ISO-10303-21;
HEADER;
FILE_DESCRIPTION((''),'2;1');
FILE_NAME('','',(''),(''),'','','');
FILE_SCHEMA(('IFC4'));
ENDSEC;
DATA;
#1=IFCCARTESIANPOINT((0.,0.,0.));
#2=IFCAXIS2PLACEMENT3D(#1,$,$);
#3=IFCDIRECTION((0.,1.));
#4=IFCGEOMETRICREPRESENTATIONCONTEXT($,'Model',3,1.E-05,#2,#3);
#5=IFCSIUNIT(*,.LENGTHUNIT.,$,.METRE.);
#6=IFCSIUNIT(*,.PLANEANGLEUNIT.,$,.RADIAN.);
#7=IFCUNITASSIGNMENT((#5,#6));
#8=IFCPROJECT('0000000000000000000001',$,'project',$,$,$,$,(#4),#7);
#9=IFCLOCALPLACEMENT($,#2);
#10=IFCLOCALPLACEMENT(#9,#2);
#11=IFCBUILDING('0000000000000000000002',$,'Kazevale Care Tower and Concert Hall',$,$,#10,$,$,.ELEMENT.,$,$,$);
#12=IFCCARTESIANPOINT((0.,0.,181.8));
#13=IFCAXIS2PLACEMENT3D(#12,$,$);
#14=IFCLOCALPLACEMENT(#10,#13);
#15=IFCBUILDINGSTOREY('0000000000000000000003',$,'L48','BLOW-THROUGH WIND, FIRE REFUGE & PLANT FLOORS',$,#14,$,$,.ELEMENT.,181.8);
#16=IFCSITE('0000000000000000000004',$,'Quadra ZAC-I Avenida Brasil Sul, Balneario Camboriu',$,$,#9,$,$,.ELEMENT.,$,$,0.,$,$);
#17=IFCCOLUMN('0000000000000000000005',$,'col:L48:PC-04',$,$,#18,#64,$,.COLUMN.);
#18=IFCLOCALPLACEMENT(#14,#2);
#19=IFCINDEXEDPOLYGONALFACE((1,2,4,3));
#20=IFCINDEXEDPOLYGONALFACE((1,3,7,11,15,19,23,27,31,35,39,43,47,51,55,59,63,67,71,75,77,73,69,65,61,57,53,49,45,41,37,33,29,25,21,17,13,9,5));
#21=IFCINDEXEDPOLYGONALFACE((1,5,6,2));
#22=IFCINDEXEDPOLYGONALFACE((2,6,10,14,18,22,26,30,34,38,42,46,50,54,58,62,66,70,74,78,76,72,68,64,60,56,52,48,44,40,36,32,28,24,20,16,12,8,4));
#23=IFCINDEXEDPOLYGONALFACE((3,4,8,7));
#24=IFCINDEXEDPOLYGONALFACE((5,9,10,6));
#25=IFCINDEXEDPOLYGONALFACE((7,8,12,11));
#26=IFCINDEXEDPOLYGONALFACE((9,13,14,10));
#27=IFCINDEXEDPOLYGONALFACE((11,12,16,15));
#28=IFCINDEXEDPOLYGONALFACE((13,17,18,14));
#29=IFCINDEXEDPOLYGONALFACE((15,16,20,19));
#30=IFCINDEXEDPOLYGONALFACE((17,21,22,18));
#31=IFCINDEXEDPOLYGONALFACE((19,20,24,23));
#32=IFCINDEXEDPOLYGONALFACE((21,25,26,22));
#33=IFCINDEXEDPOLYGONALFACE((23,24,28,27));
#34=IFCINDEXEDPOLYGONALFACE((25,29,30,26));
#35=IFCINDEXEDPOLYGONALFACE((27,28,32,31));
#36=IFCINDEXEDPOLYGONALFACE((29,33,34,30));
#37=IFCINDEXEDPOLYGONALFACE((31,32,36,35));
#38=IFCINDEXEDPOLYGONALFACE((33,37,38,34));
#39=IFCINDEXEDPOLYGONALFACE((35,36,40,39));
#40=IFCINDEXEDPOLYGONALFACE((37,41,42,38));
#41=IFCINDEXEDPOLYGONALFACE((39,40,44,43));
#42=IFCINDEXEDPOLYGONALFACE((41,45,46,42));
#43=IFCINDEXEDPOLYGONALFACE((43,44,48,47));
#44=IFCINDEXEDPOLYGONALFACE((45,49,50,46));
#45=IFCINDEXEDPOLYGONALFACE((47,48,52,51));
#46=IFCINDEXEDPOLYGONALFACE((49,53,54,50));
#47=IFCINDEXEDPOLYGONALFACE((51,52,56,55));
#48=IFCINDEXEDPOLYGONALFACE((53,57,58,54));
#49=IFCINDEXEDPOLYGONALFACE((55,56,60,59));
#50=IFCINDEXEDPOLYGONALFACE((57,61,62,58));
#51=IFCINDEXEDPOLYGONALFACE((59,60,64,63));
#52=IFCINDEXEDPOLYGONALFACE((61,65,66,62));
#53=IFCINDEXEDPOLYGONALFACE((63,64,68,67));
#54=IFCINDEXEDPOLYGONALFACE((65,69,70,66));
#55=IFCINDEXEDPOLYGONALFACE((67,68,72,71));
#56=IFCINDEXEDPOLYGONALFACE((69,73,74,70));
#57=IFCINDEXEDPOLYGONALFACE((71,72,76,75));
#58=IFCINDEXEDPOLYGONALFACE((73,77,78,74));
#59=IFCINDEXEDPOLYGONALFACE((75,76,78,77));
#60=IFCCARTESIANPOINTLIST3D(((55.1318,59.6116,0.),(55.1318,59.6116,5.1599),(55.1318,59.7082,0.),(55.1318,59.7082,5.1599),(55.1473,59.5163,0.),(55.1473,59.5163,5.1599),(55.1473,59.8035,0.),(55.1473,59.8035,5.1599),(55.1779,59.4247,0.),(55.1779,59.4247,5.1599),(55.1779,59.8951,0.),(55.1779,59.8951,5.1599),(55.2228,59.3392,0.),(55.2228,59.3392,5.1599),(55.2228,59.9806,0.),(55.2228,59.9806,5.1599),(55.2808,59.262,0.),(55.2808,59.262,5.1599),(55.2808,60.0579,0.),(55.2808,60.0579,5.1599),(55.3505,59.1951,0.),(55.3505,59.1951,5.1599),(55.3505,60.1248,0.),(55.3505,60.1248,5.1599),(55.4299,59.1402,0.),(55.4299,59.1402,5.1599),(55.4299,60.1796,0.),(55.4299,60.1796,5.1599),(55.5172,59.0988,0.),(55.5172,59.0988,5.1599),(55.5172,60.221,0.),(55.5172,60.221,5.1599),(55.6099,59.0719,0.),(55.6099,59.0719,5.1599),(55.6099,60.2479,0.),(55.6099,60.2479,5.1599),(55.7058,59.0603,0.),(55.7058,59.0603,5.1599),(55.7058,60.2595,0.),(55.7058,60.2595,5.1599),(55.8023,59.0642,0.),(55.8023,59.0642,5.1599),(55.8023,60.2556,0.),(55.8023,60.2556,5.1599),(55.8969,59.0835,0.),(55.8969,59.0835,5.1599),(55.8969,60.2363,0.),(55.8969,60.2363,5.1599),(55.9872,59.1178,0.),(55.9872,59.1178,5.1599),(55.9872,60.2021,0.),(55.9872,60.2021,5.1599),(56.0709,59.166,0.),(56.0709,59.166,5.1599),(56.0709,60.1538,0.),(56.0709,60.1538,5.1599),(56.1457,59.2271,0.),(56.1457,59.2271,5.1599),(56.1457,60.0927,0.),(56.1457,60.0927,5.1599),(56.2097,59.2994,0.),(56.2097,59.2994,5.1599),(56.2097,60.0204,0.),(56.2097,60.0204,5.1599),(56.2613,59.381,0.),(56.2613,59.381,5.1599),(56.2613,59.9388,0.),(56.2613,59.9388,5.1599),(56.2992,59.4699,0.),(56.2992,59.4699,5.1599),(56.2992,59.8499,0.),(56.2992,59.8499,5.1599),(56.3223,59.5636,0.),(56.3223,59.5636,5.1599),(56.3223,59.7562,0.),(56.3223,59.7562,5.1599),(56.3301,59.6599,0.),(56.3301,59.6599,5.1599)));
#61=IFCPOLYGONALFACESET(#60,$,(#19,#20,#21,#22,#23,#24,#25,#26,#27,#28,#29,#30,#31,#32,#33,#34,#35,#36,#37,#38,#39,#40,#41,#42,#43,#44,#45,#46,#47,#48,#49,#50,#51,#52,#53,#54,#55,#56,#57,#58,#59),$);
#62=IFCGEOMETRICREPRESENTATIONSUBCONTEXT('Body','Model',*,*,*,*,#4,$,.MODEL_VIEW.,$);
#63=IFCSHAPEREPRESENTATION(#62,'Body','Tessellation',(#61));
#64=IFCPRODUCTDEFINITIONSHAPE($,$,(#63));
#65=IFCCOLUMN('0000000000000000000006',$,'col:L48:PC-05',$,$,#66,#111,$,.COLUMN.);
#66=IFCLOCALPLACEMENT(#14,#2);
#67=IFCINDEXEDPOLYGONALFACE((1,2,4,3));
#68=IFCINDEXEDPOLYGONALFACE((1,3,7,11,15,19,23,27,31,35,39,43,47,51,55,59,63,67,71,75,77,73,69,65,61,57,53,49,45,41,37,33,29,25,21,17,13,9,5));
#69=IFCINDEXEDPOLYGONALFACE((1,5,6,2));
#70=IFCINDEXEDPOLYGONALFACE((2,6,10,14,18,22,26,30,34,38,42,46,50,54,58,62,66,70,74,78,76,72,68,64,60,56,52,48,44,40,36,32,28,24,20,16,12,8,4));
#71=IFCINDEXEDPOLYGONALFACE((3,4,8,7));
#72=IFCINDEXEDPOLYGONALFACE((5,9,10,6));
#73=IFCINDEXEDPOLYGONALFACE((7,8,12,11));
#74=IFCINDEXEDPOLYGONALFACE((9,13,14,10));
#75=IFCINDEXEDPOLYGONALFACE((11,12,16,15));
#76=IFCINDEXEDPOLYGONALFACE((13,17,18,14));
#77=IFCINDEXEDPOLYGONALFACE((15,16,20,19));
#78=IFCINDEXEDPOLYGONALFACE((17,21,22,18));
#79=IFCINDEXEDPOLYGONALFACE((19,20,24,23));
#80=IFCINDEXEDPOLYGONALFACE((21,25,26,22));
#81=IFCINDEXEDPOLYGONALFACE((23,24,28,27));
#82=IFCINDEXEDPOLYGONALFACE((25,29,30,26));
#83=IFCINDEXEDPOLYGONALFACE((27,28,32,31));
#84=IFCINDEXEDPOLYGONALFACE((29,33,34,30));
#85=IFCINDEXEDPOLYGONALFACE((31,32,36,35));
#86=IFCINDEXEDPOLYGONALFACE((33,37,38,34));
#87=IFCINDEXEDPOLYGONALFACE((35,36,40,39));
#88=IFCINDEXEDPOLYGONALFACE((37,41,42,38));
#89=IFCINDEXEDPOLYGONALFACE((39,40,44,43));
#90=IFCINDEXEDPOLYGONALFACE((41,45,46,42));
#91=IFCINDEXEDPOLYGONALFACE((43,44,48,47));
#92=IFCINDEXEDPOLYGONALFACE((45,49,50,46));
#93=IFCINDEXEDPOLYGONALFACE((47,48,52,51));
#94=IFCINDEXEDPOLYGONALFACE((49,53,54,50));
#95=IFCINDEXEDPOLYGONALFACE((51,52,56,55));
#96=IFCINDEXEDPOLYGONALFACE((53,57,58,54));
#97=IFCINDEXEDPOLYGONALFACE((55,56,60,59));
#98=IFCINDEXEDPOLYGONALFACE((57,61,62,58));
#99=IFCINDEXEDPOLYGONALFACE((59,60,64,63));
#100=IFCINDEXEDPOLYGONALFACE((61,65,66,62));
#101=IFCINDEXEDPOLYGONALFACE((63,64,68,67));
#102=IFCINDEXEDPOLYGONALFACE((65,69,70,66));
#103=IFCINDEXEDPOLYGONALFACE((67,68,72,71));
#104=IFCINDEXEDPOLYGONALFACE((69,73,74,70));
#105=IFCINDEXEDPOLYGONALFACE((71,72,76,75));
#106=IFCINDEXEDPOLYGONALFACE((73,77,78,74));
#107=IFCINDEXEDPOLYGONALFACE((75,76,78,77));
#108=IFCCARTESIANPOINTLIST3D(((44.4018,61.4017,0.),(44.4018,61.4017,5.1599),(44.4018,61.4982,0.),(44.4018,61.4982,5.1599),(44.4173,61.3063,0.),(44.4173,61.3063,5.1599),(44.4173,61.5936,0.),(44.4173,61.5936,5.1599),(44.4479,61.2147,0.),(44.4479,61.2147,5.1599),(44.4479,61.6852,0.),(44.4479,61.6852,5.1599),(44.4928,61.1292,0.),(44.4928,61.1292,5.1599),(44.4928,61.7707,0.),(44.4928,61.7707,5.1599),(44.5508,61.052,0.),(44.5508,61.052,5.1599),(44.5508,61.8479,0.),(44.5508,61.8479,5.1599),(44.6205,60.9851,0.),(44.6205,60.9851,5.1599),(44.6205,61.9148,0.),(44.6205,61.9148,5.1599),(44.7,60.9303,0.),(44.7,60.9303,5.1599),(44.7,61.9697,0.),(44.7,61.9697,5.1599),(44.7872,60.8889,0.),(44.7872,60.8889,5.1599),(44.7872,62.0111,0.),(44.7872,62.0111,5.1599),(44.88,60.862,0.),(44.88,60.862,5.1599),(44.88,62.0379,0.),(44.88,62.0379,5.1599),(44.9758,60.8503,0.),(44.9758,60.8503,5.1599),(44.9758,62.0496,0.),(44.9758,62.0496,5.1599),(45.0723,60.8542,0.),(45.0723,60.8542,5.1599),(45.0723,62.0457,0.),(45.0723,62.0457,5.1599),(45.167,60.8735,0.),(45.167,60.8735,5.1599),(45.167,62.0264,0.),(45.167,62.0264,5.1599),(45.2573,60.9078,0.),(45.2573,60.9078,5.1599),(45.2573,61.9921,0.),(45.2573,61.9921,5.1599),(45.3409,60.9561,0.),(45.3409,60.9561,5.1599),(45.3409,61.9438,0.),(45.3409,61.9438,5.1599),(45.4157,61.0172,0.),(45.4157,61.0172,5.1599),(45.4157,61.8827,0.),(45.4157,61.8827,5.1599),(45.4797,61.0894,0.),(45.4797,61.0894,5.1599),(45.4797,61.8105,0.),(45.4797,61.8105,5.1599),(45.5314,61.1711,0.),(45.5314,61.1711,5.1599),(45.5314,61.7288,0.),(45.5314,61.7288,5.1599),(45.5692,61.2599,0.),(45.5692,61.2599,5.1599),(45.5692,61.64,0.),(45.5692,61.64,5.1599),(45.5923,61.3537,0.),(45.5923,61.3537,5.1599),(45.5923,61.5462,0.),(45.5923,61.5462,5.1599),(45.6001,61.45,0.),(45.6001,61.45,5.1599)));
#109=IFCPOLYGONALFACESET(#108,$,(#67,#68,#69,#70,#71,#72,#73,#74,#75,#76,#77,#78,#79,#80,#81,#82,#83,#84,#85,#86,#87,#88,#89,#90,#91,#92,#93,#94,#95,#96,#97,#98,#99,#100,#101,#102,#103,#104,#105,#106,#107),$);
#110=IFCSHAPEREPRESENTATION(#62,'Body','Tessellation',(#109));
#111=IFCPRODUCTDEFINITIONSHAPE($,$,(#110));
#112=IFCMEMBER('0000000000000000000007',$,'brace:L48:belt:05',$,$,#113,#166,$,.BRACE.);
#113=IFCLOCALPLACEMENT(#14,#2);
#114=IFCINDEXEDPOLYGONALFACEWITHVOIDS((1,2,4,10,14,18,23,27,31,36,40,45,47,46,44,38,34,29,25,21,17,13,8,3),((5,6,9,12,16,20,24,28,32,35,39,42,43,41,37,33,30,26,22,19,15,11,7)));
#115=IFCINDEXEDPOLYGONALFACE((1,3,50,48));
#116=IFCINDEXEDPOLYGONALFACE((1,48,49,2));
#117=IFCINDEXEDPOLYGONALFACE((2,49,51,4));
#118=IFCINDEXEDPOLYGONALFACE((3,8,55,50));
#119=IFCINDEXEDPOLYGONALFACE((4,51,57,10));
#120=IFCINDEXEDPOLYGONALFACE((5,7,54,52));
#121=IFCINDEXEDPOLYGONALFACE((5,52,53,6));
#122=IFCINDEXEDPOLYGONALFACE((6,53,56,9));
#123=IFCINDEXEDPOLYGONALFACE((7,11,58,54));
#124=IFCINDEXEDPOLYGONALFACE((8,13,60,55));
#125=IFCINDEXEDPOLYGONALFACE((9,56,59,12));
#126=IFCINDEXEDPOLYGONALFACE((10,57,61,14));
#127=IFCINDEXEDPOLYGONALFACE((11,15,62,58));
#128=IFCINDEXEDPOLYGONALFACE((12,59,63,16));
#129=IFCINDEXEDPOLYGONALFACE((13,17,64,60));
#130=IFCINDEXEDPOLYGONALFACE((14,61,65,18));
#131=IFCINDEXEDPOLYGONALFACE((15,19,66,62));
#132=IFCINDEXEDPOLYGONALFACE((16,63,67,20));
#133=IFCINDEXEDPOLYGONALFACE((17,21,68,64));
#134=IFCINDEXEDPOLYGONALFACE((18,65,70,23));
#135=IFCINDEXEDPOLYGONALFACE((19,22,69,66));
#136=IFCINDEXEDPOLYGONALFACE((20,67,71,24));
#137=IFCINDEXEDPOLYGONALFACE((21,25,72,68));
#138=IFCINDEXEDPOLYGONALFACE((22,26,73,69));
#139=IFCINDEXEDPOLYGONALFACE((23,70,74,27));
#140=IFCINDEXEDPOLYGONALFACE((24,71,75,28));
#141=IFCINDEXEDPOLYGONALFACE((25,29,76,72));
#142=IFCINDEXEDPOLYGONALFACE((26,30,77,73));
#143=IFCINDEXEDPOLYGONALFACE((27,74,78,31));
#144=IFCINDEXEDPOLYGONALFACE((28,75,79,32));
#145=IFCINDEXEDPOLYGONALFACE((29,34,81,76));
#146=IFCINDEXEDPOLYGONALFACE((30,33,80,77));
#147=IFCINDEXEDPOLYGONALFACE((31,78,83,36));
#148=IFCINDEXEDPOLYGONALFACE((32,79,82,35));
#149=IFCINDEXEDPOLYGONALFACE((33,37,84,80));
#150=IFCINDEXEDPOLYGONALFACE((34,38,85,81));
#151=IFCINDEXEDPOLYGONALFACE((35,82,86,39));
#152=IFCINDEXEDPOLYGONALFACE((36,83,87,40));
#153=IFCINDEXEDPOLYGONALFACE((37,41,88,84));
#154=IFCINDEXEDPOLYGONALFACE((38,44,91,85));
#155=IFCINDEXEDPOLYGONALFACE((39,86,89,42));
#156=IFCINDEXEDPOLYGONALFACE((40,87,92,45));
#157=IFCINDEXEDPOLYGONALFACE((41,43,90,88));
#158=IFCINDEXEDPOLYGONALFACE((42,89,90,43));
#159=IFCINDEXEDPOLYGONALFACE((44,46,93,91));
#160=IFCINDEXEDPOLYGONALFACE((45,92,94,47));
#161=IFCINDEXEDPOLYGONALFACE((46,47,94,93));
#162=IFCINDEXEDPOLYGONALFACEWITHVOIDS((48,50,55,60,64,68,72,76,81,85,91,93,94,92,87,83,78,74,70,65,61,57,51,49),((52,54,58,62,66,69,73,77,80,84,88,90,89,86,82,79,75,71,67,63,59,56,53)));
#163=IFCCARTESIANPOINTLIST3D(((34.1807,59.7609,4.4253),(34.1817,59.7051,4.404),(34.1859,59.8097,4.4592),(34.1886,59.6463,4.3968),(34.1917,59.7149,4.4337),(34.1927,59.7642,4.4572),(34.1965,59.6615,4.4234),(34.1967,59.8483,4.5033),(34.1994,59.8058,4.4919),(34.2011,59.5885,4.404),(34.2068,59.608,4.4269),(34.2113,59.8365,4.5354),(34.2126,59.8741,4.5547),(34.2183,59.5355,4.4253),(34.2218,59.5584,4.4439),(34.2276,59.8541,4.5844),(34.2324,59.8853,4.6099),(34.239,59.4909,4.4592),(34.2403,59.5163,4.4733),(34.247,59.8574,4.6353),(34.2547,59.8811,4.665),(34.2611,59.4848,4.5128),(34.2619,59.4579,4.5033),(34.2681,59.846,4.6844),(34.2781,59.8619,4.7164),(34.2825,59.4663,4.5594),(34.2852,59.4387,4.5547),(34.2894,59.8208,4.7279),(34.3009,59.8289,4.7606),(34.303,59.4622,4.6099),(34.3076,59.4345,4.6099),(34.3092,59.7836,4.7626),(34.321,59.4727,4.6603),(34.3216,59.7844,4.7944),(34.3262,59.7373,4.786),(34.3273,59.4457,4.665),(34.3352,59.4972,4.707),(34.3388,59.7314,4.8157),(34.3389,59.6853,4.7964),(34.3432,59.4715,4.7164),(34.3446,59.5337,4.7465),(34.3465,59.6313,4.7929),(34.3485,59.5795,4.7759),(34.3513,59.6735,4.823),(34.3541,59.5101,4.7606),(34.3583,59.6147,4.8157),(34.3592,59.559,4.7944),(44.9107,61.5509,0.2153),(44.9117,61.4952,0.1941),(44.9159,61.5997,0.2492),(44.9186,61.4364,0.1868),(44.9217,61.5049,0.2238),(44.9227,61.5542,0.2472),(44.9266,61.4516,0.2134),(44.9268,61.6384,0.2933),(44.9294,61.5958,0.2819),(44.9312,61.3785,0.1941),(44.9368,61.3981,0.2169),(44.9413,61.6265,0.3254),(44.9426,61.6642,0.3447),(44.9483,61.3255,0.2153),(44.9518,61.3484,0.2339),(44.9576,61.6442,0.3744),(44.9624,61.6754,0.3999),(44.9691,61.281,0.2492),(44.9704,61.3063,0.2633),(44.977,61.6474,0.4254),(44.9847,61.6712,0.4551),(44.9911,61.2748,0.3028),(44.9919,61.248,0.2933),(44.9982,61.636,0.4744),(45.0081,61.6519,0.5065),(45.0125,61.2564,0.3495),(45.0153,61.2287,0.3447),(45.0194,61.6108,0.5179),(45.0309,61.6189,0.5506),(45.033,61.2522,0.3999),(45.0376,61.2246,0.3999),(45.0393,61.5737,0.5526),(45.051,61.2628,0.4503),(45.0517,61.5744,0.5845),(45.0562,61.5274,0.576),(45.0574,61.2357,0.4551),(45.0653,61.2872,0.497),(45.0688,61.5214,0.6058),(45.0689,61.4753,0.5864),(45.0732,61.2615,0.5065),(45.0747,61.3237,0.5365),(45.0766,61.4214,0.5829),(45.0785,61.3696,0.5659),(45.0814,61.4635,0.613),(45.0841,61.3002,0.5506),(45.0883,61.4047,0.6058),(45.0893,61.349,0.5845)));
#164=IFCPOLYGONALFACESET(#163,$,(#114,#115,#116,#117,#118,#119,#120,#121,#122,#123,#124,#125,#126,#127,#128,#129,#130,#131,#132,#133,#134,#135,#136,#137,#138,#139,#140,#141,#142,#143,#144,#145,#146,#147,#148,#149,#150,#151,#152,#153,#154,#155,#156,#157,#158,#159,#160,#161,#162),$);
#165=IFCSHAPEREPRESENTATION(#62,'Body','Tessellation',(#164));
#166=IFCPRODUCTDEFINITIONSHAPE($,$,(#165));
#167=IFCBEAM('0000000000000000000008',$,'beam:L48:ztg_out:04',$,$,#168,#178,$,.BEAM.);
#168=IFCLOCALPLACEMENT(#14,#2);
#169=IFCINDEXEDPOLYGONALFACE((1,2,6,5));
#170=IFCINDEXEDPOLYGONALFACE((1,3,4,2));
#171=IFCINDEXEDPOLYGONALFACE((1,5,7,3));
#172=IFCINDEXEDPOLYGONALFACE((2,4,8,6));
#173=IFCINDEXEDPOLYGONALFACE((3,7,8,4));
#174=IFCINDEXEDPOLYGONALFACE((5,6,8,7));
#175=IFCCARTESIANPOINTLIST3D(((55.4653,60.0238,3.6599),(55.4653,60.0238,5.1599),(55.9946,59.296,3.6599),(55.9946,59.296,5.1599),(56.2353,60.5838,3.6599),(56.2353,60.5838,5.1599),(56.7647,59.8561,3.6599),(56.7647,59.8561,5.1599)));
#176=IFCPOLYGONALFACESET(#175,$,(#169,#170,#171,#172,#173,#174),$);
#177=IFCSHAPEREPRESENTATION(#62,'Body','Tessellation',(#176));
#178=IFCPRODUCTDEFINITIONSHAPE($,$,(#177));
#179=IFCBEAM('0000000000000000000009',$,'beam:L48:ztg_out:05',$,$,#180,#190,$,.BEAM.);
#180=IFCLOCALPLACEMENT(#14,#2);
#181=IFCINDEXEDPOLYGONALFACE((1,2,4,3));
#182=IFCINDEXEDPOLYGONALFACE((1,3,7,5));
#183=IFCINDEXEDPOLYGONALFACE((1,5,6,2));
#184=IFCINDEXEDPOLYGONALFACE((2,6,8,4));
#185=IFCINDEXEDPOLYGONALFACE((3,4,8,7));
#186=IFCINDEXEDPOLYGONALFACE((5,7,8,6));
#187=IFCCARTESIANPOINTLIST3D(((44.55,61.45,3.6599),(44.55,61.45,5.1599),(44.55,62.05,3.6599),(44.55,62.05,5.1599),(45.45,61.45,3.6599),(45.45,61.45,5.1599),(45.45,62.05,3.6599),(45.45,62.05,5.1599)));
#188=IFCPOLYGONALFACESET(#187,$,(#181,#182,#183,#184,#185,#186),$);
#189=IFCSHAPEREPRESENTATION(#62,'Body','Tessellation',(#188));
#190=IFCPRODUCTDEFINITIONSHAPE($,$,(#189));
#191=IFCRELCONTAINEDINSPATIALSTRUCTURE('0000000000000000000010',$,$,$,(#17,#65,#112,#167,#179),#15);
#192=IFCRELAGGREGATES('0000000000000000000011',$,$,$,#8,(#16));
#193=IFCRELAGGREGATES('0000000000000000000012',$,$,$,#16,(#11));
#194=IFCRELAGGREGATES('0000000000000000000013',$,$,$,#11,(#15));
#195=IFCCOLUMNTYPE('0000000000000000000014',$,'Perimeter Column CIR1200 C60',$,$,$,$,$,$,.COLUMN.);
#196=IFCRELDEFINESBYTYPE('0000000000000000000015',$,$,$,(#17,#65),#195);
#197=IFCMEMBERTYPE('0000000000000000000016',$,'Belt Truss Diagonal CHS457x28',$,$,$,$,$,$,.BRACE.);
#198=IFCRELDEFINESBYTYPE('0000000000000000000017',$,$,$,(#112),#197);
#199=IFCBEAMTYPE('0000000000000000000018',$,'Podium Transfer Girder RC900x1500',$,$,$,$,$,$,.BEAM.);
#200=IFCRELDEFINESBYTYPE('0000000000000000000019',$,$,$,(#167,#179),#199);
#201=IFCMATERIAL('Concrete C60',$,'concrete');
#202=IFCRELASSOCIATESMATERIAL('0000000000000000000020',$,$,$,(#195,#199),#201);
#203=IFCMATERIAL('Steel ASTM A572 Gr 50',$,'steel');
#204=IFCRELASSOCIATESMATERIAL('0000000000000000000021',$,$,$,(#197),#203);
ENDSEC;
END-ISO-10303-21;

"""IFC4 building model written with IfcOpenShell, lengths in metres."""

from ifc_helpers import new_model, si_unit, direction, frame, origin, origin_2d, place, context, subcontext, project, spatial, rectangle, circle, hollow_circle, extrude, material, material_profile, profile_set, type_object, element, save


model = new_model("IFC4")

# Units and contexts
model_context = context("Model", 3, precision=1e-05, world=origin(), true_north=direction((0.0, 1.0)))
body_context = subcontext(model_context, "Body", "Model", "MODEL_VIEW")
ifc_project = project(units=[si_unit("LENGTHUNIT", "METRE"), si_unit("PLANEANGLEUNIT", "RADIAN")], contexts=[model_context])

# Site, building, storey
site_placement = place(None, origin())
site = spatial("IfcSite", under=ifc_project, at=site_placement, Name="Quadra ZAC-I Avenida Brasil Sul, Balneario Camboriu", CompositionType="ELEMENT", RefElevation=0.0)
building_placement = place(site_placement, origin())
building = spatial("IfcBuilding", under=site, at=building_placement, Name="Kazevale Care Tower and Concert Hall", CompositionType="ELEMENT")
storey_placement = place(building_placement, frame((0.0, 0.0, 181.8)))
storey = spatial("IfcBuildingStorey", under=building, at=storey_placement, Name="L48", Description="BLOW-THROUGH WIND, FIRE REFUGE & PLANT FLOORS", CompositionType="ELEMENT", Elevation=181.8)

# Columns
ifc_material_1 = material(Name="Concrete C60", Category="concrete")
ifc_material_profile_1 = material_profile(ifc_material_1, circle(Radius=0.6001, at=origin_2d()), Name="RC-CIR1200")
ifc_profile_set_1 = profile_set([ifc_material_profile_1], Name="Concrete C60")
column_type = type_object("IfcColumnType", Name="Perimeter Column CIR1200 C60", PredefinedType="COLUMN", material=ifc_profile_set_1)
for number, where, z_axis, x_axis, name in (
    (1, (55.73, 59.6599, 0.0), (0.0, 0.0, 1.0), (1.0, 0.0, 0.0), "col:L48:PC-04"),
    (2, (45.0, 61.45, 0.0), (0.0, 0.0, 1.0), (1.0, 0.0, 0.0), "col:L48:PC-05"),
):
    element("IfcColumn", number, at=place(storey_placement, frame(where, z_axis=z_axis, x_axis=x_axis)), inside=storey, type_object=column_type, Name=name, PredefinedType="COLUMN", context=body_context, shape_type="SweptSolid", body=[
        extrude(circle(Radius=0.6001, at=origin_2d()), origin(), (0.0, 0.0, 1.0), 5.1599),
    ])

# Member
ifc_material_2 = material(Name="Steel ASTM A572 Gr 50", Category="steel")
ifc_material_profile_2 = material_profile(ifc_material_2, hollow_circle(Radius=0.2285, WallThickness=0.0281, at=origin_2d()), Name="CHS457x28")
ifc_profile_set_2 = profile_set([ifc_material_profile_2], Name="Steel ASTM A572 Gr 50")
member_type = type_object("IfcMemberType", Name="Belt Truss Diagonal CHS457x28", PredefinedType="BRACE", material=ifc_profile_set_2)
member_placement = place(storey_placement, frame((45.0, 61.45, 0.3999), z_axis=(-0.919884, -0.15346, 0.360921), x_axis=(0.164552, -0.986368, 0.0)))
element("IfcMember", 3, at=member_placement, inside=storey, type_object=member_type, Name="brace:L48:belt:05", PredefinedType="BRACE", context=body_context, shape_type="SweptSolid", body=[
    extrude(hollow_circle(Radius=0.2285, WallThickness=0.0281, at=origin_2d()), origin(), (0.0, 0.0, 1.0), 11.6646),
])

# Beams
ifc_material_profile_3 = material_profile(ifc_material_1, rectangle(XDim=0.8999, YDim=1.5, at=origin_2d()), Name="RC-TG900x1500")
ifc_profile_set_3 = profile_set([ifc_material_profile_3], Name="Concrete C60")
beam_type_1 = type_object("IfcBeamType", Name="Podium Transfer Girder RC900x1500", PredefinedType="BEAM", material=ifc_profile_set_3)
beam_1_placement = place(storey_placement, frame((55.73, 59.6599, 4.4099), z_axis=(0.808714, 0.588202, 0.0), x_axis=(-0.588202, 0.808714, 0.0)))
element("IfcBeam", 4, at=beam_1_placement, inside=storey, type_object=beam_type_1, Name="beam:L48:ztg_out:04", PredefinedType="BEAM", context=body_context, shape_type="SweptSolid", body=[
    extrude(rectangle(XDim=0.8999, YDim=1.5, at=origin_2d()), origin(), (0.0, 0.0, 1.0), 0.9521),
])
beam_2_placement = place(storey_placement, frame((45.0, 61.45, 4.4099), z_axis=(0.0, 1.0, 0.0), x_axis=(-1.0, 0.0, 0.0)))
element("IfcBeam", 5, at=beam_2_placement, inside=storey, type_object=beam_type_1, Name="beam:L48:ztg_out:05", PredefinedType="BEAM", context=body_context, shape_type="SweptSolid", body=[
    extrude(rectangle(XDim=0.8999, YDim=1.5, at=origin_2d()), origin(), (0.0, 0.0, 1.0), 0.6001),
])

save(model, "model.ifc")
